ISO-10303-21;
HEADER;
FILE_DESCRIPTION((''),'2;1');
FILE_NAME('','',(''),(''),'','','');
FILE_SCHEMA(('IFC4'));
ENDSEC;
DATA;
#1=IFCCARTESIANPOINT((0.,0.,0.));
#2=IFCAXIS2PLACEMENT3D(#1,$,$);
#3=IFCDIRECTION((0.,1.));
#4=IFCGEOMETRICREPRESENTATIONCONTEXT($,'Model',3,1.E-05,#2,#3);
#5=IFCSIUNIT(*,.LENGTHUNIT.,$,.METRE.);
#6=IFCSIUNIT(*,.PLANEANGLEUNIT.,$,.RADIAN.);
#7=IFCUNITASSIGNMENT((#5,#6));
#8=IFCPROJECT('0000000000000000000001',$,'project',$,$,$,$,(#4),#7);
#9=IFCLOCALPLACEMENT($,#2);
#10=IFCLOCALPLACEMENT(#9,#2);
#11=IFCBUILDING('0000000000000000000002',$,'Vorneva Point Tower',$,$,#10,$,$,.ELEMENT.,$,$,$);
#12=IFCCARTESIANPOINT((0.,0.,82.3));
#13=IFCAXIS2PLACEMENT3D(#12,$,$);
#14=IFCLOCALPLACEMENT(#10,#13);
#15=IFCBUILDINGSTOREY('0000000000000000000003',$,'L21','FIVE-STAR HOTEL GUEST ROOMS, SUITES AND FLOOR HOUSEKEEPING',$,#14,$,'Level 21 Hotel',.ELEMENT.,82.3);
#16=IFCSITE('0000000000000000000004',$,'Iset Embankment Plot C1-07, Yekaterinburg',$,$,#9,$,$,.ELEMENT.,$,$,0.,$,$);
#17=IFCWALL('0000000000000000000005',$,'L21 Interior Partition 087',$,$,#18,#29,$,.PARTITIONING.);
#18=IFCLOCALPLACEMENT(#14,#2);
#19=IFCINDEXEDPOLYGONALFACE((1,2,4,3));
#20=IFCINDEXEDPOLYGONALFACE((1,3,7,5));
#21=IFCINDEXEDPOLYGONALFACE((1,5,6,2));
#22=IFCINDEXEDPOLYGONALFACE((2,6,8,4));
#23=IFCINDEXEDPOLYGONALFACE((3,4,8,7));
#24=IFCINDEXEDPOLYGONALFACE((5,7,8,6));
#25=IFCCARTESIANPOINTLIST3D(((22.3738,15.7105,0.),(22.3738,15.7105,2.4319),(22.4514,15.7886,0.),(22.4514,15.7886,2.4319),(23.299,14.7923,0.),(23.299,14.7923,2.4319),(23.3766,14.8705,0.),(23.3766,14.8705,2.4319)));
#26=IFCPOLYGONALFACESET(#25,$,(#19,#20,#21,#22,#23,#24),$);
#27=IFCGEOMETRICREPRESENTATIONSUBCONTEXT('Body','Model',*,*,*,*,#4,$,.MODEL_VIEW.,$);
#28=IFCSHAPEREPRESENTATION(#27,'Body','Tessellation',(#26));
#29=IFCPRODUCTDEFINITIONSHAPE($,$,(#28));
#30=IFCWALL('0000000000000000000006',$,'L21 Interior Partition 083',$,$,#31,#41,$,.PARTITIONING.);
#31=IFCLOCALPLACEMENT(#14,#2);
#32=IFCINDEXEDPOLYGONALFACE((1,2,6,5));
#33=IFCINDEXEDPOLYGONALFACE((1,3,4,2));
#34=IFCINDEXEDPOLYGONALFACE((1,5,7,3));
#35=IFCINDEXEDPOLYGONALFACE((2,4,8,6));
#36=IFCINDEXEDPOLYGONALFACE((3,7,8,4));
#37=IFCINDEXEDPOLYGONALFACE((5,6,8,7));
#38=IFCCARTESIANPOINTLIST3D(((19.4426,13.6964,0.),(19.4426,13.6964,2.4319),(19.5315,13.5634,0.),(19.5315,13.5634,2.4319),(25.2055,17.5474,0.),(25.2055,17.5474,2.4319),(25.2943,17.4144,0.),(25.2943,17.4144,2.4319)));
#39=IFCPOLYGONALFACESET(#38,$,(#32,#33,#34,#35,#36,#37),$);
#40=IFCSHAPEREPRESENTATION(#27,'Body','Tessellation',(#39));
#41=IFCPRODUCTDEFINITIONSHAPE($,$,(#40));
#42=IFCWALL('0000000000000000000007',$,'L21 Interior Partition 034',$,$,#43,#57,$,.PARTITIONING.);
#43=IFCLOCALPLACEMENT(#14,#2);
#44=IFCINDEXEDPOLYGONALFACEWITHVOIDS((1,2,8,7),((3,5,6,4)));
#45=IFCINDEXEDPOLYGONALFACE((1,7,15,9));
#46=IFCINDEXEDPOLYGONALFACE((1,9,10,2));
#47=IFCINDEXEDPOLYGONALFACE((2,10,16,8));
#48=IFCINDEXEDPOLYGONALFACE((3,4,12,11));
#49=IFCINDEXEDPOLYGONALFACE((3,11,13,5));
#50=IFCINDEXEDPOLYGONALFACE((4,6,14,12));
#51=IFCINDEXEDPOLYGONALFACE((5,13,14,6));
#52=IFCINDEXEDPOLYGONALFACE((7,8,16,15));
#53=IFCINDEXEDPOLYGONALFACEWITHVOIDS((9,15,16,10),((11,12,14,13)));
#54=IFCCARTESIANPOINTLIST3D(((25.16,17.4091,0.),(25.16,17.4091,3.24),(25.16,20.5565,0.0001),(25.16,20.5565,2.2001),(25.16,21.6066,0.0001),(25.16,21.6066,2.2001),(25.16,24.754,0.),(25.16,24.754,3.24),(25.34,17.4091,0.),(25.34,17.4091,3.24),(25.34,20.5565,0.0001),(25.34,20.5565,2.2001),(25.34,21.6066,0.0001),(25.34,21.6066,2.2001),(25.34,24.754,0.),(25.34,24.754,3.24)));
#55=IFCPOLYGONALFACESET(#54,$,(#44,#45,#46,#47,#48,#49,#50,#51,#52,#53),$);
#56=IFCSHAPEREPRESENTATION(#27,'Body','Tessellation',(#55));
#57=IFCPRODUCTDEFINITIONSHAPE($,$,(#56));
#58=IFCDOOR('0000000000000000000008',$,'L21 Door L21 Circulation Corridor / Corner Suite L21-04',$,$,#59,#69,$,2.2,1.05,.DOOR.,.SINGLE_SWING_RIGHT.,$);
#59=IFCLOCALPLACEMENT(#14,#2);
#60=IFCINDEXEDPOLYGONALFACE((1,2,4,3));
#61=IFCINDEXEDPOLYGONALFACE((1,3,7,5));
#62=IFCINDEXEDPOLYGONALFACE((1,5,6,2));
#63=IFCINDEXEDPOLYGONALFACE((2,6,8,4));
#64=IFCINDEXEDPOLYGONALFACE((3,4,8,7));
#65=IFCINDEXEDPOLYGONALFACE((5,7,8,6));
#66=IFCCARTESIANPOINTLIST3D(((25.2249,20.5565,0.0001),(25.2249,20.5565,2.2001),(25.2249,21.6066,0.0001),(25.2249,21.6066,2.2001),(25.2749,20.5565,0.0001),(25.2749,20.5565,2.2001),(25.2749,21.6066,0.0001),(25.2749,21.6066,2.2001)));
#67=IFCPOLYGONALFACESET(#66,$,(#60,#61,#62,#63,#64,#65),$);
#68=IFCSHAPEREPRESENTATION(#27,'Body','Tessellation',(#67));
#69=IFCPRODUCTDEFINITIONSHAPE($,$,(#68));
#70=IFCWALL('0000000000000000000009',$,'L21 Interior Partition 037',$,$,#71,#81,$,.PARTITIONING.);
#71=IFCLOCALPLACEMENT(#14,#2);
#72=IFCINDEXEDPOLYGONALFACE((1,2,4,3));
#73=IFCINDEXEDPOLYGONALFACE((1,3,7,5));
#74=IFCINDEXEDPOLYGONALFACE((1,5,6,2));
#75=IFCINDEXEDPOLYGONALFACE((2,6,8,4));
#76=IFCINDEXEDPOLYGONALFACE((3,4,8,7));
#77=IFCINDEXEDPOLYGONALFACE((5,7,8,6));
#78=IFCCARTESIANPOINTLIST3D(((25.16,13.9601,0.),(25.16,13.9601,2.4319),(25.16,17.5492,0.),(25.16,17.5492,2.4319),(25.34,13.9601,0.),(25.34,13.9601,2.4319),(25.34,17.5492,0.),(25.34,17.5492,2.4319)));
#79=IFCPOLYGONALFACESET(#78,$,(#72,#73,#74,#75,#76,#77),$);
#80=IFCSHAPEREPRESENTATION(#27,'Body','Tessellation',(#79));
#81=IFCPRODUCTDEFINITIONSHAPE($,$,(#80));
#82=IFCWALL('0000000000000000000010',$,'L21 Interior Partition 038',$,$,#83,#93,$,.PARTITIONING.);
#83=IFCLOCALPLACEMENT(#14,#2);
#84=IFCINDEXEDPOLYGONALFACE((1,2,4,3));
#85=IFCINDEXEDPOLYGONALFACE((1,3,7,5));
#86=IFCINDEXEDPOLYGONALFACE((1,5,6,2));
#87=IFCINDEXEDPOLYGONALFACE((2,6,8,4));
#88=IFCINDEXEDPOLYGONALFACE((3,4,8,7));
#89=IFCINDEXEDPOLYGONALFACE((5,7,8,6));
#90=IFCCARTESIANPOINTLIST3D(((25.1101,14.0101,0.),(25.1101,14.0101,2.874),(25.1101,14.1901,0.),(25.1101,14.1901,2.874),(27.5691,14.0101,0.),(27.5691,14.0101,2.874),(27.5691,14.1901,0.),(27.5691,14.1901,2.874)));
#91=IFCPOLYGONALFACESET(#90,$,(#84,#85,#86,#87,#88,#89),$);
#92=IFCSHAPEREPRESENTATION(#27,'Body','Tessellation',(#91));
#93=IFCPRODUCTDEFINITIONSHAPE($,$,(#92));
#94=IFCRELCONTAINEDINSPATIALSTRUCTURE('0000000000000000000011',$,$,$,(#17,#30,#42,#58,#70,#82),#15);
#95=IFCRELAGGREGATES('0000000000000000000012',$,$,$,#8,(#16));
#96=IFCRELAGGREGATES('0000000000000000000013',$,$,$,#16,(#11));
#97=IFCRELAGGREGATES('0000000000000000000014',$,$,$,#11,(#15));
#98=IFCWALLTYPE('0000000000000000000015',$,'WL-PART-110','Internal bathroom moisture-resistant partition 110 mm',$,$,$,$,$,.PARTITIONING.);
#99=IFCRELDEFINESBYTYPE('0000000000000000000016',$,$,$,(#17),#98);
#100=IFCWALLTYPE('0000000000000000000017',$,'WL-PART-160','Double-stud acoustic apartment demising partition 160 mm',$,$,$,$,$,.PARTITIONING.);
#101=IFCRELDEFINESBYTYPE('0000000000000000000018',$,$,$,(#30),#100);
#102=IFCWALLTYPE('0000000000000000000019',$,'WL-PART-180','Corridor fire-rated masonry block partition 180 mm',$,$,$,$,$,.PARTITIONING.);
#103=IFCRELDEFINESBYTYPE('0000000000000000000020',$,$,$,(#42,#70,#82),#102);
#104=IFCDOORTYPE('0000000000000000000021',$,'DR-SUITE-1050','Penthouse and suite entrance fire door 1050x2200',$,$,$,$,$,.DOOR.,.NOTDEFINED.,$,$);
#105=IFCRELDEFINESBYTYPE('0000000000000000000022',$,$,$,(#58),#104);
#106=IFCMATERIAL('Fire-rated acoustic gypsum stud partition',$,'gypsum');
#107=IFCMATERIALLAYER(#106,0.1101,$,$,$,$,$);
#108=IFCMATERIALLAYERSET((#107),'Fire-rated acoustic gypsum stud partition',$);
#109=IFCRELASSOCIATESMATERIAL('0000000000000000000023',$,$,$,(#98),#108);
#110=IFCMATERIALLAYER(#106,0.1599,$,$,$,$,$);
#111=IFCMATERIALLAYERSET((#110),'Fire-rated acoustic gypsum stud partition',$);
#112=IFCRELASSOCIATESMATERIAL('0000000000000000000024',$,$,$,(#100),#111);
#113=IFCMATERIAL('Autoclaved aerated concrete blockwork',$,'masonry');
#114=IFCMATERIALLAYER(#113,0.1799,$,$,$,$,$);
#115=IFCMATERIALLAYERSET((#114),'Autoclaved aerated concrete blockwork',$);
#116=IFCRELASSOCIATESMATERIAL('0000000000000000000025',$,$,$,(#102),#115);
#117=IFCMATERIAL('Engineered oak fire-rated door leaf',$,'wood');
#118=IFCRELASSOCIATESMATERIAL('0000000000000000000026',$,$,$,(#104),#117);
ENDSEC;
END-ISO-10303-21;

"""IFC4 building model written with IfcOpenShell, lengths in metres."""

from ifc_helpers import new_model, si_unit, direction, frame, frame_2d, origin, place, context, subcontext, project, spatial, rectangle, extrude, material, layer, layer_set, type_object, element, fill, save


model = new_model("IFC4")

# Units and contexts
model_context = context("Model", 3, precision=1e-05, world=origin(), true_north=direction((0.0, 1.0)))
body_context = subcontext(model_context, "Body", "Model", "MODEL_VIEW")
ifc_project = project(units=[si_unit("LENGTHUNIT", "METRE"), si_unit("PLANEANGLEUNIT", "RADIAN")], contexts=[model_context])

# Site, building, storey
site_placement = place(None, origin())
site = spatial("IfcSite", under=ifc_project, at=site_placement, Name="Iset Embankment Plot C1-07, Yekaterinburg", CompositionType="ELEMENT", RefElevation=0.0)
building_placement = place(site_placement, origin())
building = spatial("IfcBuilding", under=site, at=building_placement, Name="Vorneva Point Tower", CompositionType="ELEMENT")
storey_placement = place(building_placement, frame((0.0, 0.0, 82.3)))
storey = spatial("IfcBuildingStorey", under=building, at=storey_placement, Name="L21", Description="FIVE-STAR HOTEL GUEST ROOMS, SUITES AND FLOOR HOUSEKEEPING", LongName="Level 21 Hotel", CompositionType="ELEMENT", Elevation=82.3)

# Shared definitions
ifc_material_1 = material(Name="Fire-rated acoustic gypsum stud partition", Category="gypsum")
ifc_layer_1 = layer(ifc_material_1, 0.1101)
ifc_layer_set_1 = layer_set([ifc_layer_1], Name="Fire-rated acoustic gypsum stud partition")
wall_type_1 = type_object("IfcWallType", Name="WL-PART-110", Description="Internal bathroom moisture-resistant partition 110 mm", PredefinedType="PARTITIONING", material=ifc_layer_set_1)
ifc_material_2 = material(Name="Engineered oak fire-rated door leaf", Category="wood")

# Walls
wall_1_placement = place(storey_placement, frame((23.3379, 14.8313, 0.0), z_axis=(0.0, 0.0, 1.0), x_axis=(-0.709817, 0.704386, 0.0)))
element("IfcWall", 1, at=wall_1_placement, inside=storey, type_object=wall_type_1, Name="L21 Interior Partition 087", PredefinedType="PARTITIONING", context=body_context, shape_type="SweptSolid", body=[
    extrude(rectangle(XDim=1.3035, YDim=0.1101, at=frame_2d((0.6519, 0.0))), origin(), (0.0, 0.0, 1.0), 2.4319),
])
ifc_layer_2 = layer(ifc_material_1, 0.1599)
ifc_layer_set_2 = layer_set([ifc_layer_2], Name="Fire-rated acoustic gypsum stud partition")
wall_type_2 = type_object("IfcWallType", Name="WL-PART-160", Description="Double-stud acoustic apartment demising partition 160 mm", PredefinedType="PARTITIONING", material=ifc_layer_set_2)
wall_2_placement = place(storey_placement, frame((19.4871, 13.6299, 0.0), z_axis=(0.0, 0.0, 1.0), x_axis=(0.831443, 0.55561, 0.0)))
element("IfcWall", 2, at=wall_2_placement, inside=storey, type_object=wall_type_2, Name="L21 Interior Partition 083", PredefinedType="PARTITIONING", context=body_context, shape_type="SweptSolid", body=[
    extrude(rectangle(XDim=6.9312, YDim=0.1599, at=frame_2d((3.4656, 0.0))), origin(), (0.0, 0.0, 1.0), 2.4319),
])

# Wall, opening, door
ifc_material_3 = material(Name="Autoclaved aerated concrete blockwork", Category="masonry")
ifc_layer_3 = layer(ifc_material_3, 0.1799)
ifc_layer_set_3 = layer_set([ifc_layer_3], Name="Autoclaved aerated concrete blockwork")
wall_type_3 = type_object("IfcWallType", Name="WL-PART-180", Description="Corridor fire-rated masonry block partition 180 mm", PredefinedType="PARTITIONING", material=ifc_layer_set_3)
wall_3_placement = place(storey_placement, frame((25.25, 24.7539, 0.0), z_axis=(0.0, 0.0, 1.0), x_axis=(0.0, -1.0, 0.0)))
wall_3 = element("IfcWall", 3, at=wall_3_placement, inside=storey, type_object=wall_type_3, Name="L21 Interior Partition 034", PredefinedType="PARTITIONING", context=body_context, shape_type="SweptSolid", body=[
    extrude(rectangle(XDim=7.345, YDim=0.1799, at=frame_2d((3.6724, 0.0))), origin(), (0.0, 0.0, 1.0), 3.24),
])
opening_1_placement = place(wall_3_placement, frame((3.1475, 0.0, 0.0)))
opening_1 = element("IfcOpeningElement", 4, at=opening_1_placement, cuts=wall_3, PredefinedType="OPENING", context=body_context, shape_type="SweptSolid", body=[
    extrude(rectangle(XDim=1.05, YDim=2.2, at=frame_2d((0.5249, 1.1001))), frame((0.0, 0.105, 0.0), z_axis=(0.0, -1.0, 0.0), x_axis=(1.0, 0.0, 0.0)), (0.0, 0.0, 1.0), 0.2097),
])
door_type_1 = type_object("IfcDoorType", Name="DR-SUITE-1050", Description="Penthouse and suite entrance fire door 1050x2200", OperationType="NOTDEFINED", PredefinedType="DOOR", material=ifc_material_2)
door_1_placement = place(opening_1_placement, origin())
door_1 = element("IfcDoor", 5, at=door_1_placement, inside=storey, type_object=door_type_1, Name="L21 Door L21 Circulation Corridor / Corner Suite L21-04", OperationType="SINGLE_SWING_RIGHT", OverallHeight=2.2, OverallWidth=1.05, PredefinedType="DOOR", context=body_context, shape_type="SweptSolid", body=[
    extrude(rectangle(XDim=1.05, YDim=2.2, at=frame_2d((0.5249, 1.1001))), frame((0.0, 0.0249, 0.0), z_axis=(0.0, -1.0, 0.0), x_axis=(1.0, 0.0, 0.0)), (0.0, 0.0, 1.0), 0.05),
])
fill(opening_1, door_1)

# Walls
wall_4_placement = place(storey_placement, frame((25.25, 17.5491, 0.0), z_axis=(0.0, 0.0, 1.0), x_axis=(0.0, -1.0, 0.0)))
element("IfcWall", 6, at=wall_4_placement, inside=storey, type_object=wall_type_3, Name="L21 Interior Partition 037", PredefinedType="PARTITIONING", context=body_context, shape_type="SweptSolid", body=[
    extrude(rectangle(XDim=3.5891, YDim=0.1799, at=frame_2d((1.7944, 0.0))), origin(), (0.0, 0.0, 1.0), 2.4319),
])
wall_5_placement = place(storey_placement, frame((25.1101, 14.1001, 0.0), z_axis=(0.0, 0.0, 1.0), x_axis=(1.0, 0.0, 0.0)))
element("IfcWall", 7, at=wall_5_placement, inside=storey, type_object=wall_type_3, Name="L21 Interior Partition 038", PredefinedType="PARTITIONING", context=body_context, shape_type="SweptSolid", body=[
    extrude(rectangle(XDim=2.459, YDim=0.1799, at=frame_2d((1.2295, 0.0))), origin(), (0.0, 0.0, 1.0), 2.874),
])

save(model, "model.ifc")
